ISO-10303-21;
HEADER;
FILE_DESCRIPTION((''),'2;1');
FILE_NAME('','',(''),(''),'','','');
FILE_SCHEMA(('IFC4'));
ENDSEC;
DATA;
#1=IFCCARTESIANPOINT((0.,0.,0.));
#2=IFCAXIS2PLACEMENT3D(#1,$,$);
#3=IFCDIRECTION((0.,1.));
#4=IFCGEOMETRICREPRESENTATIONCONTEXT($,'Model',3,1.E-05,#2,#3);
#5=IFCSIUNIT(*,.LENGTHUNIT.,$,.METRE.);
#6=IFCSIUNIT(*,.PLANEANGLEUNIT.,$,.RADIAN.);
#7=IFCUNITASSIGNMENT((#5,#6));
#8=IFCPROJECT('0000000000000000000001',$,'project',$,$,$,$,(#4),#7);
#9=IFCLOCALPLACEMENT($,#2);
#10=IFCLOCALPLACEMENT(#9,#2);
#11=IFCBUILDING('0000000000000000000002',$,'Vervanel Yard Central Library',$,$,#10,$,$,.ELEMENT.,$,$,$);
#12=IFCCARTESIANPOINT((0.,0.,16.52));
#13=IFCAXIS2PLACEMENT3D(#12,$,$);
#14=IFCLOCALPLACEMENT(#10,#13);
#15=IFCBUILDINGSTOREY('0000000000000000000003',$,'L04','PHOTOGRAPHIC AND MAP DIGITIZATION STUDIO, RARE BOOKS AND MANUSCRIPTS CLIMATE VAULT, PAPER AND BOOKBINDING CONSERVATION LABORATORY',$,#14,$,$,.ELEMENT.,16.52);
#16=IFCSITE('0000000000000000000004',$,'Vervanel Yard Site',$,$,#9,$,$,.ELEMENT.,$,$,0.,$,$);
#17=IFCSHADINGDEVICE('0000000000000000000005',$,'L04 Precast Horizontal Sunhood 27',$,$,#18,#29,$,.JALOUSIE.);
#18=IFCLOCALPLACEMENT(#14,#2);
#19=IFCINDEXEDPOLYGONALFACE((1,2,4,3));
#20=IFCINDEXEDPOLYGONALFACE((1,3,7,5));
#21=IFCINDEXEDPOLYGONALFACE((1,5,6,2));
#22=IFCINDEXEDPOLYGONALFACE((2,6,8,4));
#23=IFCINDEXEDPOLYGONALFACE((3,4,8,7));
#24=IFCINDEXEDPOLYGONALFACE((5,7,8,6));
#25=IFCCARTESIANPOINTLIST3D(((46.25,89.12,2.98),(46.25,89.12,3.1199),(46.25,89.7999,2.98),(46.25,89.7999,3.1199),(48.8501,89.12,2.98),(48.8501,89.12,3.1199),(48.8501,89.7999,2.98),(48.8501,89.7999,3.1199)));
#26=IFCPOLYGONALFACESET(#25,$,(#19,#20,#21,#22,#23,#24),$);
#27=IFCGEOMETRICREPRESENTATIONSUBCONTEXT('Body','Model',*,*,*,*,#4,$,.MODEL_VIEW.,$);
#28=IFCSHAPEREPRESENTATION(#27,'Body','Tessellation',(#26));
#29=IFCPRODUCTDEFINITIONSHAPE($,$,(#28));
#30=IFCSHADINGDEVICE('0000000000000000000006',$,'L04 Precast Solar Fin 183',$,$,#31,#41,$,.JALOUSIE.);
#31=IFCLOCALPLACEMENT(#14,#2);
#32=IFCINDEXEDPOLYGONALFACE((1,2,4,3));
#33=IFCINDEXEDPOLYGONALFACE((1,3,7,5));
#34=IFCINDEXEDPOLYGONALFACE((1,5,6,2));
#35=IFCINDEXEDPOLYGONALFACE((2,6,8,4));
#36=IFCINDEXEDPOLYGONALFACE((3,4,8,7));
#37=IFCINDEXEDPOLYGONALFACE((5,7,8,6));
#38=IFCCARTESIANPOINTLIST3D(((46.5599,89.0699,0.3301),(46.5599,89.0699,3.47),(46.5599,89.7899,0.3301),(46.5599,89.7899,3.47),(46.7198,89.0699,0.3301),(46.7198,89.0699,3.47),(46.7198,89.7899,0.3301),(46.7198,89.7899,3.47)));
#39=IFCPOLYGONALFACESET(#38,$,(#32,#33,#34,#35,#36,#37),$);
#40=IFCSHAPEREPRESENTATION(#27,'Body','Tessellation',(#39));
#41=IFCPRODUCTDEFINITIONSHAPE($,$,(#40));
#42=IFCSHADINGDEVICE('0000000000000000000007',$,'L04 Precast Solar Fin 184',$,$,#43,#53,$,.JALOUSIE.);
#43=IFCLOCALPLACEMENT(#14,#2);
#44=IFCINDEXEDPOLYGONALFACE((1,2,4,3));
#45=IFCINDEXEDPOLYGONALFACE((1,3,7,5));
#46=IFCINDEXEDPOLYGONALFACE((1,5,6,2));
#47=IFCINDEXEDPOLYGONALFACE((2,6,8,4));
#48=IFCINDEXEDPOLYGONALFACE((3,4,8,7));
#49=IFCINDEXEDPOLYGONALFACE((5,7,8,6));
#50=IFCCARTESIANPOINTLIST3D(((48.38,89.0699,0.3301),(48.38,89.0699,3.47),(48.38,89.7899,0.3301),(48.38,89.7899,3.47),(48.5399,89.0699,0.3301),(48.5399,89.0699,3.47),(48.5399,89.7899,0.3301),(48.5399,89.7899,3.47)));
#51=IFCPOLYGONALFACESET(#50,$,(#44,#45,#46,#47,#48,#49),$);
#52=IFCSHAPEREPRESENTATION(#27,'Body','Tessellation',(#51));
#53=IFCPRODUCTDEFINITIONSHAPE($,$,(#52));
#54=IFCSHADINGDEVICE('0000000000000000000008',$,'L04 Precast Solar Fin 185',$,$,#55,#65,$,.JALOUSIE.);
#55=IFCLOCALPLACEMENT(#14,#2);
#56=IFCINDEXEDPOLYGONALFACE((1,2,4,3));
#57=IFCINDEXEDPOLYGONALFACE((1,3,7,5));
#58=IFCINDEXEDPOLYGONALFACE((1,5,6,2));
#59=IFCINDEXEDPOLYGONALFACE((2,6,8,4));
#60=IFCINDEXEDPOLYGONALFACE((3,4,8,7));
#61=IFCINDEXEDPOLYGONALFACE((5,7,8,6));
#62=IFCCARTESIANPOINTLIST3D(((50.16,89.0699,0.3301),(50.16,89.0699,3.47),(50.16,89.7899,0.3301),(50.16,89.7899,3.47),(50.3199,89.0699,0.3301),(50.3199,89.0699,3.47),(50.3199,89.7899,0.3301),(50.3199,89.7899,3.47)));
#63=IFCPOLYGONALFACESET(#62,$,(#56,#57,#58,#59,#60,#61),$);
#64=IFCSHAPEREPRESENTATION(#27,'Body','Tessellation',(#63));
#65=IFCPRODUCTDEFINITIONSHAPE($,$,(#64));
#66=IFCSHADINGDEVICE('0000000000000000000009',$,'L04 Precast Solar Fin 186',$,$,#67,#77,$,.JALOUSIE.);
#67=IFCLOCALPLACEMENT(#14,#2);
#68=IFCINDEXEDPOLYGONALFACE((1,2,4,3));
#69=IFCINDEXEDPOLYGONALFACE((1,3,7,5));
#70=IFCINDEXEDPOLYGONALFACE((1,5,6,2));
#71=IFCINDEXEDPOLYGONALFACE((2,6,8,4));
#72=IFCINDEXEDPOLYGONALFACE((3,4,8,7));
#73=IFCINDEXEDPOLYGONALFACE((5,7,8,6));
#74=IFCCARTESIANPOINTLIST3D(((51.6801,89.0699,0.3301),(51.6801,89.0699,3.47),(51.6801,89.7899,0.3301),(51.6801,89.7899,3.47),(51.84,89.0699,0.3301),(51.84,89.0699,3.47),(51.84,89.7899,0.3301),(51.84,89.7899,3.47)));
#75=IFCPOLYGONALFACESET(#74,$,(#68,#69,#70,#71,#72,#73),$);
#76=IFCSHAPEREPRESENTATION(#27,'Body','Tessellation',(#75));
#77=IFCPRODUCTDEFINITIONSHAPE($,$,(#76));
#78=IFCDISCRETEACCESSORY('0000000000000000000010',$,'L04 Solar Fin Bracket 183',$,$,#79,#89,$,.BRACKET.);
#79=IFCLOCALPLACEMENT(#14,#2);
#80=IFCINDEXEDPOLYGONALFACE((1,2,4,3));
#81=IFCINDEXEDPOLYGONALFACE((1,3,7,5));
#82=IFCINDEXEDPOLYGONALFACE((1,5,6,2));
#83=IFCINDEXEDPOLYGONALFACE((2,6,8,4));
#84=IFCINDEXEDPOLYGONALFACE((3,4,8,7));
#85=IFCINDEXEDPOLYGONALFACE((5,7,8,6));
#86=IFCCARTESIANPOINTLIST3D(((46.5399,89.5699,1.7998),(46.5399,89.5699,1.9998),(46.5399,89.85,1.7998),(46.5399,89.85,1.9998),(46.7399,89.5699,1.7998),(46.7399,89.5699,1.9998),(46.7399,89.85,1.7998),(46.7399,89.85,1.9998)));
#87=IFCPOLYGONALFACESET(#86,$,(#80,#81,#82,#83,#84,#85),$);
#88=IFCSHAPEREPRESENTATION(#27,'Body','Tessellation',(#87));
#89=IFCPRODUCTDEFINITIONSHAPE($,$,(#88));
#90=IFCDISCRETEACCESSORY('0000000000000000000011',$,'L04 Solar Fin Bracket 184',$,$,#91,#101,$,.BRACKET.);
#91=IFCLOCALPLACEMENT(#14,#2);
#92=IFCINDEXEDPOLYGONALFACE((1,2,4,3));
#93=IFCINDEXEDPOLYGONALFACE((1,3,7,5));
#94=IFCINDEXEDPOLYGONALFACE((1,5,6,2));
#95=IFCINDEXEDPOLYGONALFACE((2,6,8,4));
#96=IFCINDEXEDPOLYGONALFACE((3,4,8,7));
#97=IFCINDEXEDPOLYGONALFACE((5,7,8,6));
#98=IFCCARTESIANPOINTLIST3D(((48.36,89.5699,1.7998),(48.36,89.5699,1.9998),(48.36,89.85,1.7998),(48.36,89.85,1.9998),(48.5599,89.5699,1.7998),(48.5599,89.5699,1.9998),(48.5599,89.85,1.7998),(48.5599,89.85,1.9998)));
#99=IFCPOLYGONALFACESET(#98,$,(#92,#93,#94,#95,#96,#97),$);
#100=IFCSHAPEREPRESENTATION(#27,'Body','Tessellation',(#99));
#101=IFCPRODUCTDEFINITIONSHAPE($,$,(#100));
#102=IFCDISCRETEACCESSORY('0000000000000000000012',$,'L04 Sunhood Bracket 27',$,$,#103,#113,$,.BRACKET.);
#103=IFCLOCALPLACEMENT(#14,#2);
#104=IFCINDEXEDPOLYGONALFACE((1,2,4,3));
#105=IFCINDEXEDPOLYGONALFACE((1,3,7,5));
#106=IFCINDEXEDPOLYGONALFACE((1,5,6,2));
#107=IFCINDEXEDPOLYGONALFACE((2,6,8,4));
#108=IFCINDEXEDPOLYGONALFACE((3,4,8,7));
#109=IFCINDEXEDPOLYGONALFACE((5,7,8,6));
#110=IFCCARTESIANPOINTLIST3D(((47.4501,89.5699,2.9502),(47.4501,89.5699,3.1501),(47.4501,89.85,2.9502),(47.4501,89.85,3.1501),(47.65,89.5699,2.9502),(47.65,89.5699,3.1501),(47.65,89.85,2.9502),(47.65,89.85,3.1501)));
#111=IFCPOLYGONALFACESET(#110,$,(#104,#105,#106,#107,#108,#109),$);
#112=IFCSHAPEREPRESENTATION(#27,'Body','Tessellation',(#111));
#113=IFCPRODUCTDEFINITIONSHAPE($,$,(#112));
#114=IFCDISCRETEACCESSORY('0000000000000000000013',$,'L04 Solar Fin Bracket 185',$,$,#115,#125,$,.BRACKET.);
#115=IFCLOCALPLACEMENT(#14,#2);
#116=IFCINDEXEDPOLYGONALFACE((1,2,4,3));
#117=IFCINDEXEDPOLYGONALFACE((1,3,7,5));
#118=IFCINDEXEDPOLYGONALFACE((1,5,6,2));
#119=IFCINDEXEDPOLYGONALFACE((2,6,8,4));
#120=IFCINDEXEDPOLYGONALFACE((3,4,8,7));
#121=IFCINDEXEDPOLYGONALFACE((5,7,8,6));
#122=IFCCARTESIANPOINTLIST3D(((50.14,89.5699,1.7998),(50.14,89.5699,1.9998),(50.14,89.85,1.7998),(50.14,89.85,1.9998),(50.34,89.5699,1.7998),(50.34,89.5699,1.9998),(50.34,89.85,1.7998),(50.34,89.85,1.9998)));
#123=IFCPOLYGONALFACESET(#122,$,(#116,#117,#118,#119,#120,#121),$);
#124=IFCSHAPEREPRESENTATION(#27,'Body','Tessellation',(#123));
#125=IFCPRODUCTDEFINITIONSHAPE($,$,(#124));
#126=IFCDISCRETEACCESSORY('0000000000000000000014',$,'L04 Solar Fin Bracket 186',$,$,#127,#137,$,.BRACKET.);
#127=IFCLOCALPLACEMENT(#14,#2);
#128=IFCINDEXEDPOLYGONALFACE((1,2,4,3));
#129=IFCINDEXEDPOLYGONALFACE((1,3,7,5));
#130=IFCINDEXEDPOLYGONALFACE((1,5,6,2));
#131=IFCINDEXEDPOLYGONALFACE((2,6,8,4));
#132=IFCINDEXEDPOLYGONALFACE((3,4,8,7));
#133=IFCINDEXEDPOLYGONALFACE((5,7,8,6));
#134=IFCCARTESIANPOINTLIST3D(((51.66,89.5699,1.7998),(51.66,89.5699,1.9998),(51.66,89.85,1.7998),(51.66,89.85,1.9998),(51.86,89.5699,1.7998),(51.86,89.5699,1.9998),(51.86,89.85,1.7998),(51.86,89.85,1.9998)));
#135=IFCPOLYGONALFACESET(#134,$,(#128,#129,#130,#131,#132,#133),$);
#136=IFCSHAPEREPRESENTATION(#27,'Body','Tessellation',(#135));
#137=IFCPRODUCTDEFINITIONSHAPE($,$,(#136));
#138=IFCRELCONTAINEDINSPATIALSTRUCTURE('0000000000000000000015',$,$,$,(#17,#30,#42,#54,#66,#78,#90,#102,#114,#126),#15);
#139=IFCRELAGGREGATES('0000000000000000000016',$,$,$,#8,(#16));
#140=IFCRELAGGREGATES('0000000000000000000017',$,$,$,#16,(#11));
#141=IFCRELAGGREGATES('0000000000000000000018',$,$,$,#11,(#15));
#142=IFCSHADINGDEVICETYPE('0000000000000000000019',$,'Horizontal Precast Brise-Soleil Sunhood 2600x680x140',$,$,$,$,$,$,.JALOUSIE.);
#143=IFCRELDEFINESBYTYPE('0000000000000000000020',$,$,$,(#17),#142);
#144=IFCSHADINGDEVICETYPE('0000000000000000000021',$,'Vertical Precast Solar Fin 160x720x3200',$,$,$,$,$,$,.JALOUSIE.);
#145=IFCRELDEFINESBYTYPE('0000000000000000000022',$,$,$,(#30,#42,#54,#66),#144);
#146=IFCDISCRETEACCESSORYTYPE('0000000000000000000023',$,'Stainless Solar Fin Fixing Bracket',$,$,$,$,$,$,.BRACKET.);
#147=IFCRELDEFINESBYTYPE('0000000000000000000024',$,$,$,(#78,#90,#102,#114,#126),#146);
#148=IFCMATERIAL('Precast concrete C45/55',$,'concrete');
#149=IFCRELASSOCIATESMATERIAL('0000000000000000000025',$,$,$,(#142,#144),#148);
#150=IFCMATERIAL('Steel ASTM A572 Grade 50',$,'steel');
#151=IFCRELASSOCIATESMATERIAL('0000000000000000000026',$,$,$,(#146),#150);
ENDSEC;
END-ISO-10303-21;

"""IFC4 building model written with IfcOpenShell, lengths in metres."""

from ifc_helpers import new_model, si_unit, direction, frame, origin, origin_2d, place, context, subcontext, project, spatial, rectangle, extrude, material, type_object, element, save


model = new_model("IFC4")

# Units and contexts
model_context = context("Model", 3, precision=1e-05, world=origin(), true_north=direction((0.0, 1.0)))
body_context = subcontext(model_context, "Body", "Model", "MODEL_VIEW")
ifc_project = project(units=[si_unit("LENGTHUNIT", "METRE"), si_unit("PLANEANGLEUNIT", "RADIAN")], contexts=[model_context])

# Site, building, storey
site_placement = place(None, origin())
site = spatial("IfcSite", under=ifc_project, at=site_placement, Name="Vervanel Yard Site", CompositionType="ELEMENT", RefElevation=0.0)
building_placement = place(site_placement, origin())
building = spatial("IfcBuilding", under=site, at=building_placement, Name="Vervanel Yard Central Library", CompositionType="ELEMENT")
storey_placement = place(building_placement, frame((0.0, 0.0, 16.52)))
storey = spatial("IfcBuildingStorey", under=building, at=storey_placement, Name="L04", Description="PHOTOGRAPHIC AND MAP DIGITIZATION STUDIO, RARE BOOKS AND MANUSCRIPTS CLIMATE VAULT, PAPER AND BOOKBINDING CONSERVATION LABORATORY", CompositionType="ELEMENT", Elevation=16.52)

# Shared definitions
ifc_material_1 = material(Name="Precast concrete C45/55", Category="concrete")

# Shading devices
shading_device_type_1 = type_object("IfcShadingDeviceType", Name="Horizontal Precast Brise-Soleil Sunhood 2600x680x140", PredefinedType="JALOUSIE", material=ifc_material_1)
shading_device_placement = place(storey_placement, frame((47.55, 89.46, 2.98), z_axis=(0.0, 0.0, 1.0), x_axis=(1.0, 0.0, 0.0)))
element("IfcShadingDevice", 1, at=shading_device_placement, inside=storey, type_object=shading_device_type_1, Name="L04 Precast Horizontal Sunhood 27", PredefinedType="JALOUSIE", context=body_context, shape_type="SweptSolid", body=[
    extrude(rectangle(XDim=2.6001, YDim=0.6799, at=origin_2d()), origin(), (0.0, 0.0, 1.0), 0.1399),
])
shading_device_type_2 = type_object("IfcShadingDeviceType", Name="Vertical Precast Solar Fin 160x720x3200", PredefinedType="JALOUSIE", material=ifc_material_1)
for number, where, z_axis, x_axis, name in (
    (2, (46.6399, 89.4299, 0.3301), (0.0, 0.0, 1.0), (1.0, 0.0, 0.0), "L04 Precast Solar Fin 183"),
    (3, (48.46, 89.4299, 0.3301), (0.0, 0.0, 1.0), (1.0, 0.0, 0.0), "L04 Precast Solar Fin 184"),
    (4, (50.24, 89.4299, 0.3301), (0.0, 0.0, 1.0), (1.0, 0.0, 0.0), "L04 Precast Solar Fin 185"),
    (5, (51.76, 89.4299, 0.3301), (0.0, 0.0, 1.0), (1.0, 0.0, 0.0), "L04 Precast Solar Fin 186"),
):
    element("IfcShadingDevice", number, at=place(storey_placement, frame(where, z_axis=z_axis, x_axis=x_axis)), inside=storey, type_object=shading_device_type_2, Name=name, PredefinedType="JALOUSIE", context=body_context, shape_type="SweptSolid", body=[
        extrude(rectangle(XDim=0.1599, YDim=0.72, at=origin_2d()), origin(), (0.0, 0.0, 1.0), 3.1399),
    ])

# Discrete accessories
ifc_material_2 = material(Name="Steel ASTM A572 Grade 50", Category="steel")
discrete_accessory_type = type_object("IfcDiscreteAccessoryType", Name="Stainless Solar Fin Fixing Bracket", PredefinedType="BRACKET", material=ifc_material_2)
for number, where, z_axis, x_axis, name in (
    (6, (46.6399, 89.71, 1.7998), (0.0, 0.0, 1.0), (1.0, 0.0, 0.0), "L04 Solar Fin Bracket 183"),
    (7, (48.46, 89.71, 1.7998), (0.0, 0.0, 1.0), (1.0, 0.0, 0.0), "L04 Solar Fin Bracket 184"),
    (8, (47.55, 89.71, 2.9502), (0.0, 0.0, 1.0), (1.0, 0.0, 0.0), "L04 Sunhood Bracket 27"),
    (9, (50.24, 89.71, 1.7998), (0.0, 0.0, 1.0), (1.0, 0.0, 0.0), "L04 Solar Fin Bracket 185"),
    (10, (51.76, 89.71, 1.7998), (0.0, 0.0, 1.0), (1.0, 0.0, 0.0), "L04 Solar Fin Bracket 186"),
):
    element("IfcDiscreteAccessory", number, at=place(storey_placement, frame(where, z_axis=z_axis, x_axis=x_axis)), inside=storey, type_object=discrete_accessory_type, Name=name, PredefinedType="BRACKET", context=body_context, shape_type="SweptSolid", body=[
        extrude(rectangle(XDim=0.2, YDim=0.28, at=origin_2d()), origin(), (0.0, 0.0, 1.0), 0.2),
    ])

save(model, "model.ifc")
